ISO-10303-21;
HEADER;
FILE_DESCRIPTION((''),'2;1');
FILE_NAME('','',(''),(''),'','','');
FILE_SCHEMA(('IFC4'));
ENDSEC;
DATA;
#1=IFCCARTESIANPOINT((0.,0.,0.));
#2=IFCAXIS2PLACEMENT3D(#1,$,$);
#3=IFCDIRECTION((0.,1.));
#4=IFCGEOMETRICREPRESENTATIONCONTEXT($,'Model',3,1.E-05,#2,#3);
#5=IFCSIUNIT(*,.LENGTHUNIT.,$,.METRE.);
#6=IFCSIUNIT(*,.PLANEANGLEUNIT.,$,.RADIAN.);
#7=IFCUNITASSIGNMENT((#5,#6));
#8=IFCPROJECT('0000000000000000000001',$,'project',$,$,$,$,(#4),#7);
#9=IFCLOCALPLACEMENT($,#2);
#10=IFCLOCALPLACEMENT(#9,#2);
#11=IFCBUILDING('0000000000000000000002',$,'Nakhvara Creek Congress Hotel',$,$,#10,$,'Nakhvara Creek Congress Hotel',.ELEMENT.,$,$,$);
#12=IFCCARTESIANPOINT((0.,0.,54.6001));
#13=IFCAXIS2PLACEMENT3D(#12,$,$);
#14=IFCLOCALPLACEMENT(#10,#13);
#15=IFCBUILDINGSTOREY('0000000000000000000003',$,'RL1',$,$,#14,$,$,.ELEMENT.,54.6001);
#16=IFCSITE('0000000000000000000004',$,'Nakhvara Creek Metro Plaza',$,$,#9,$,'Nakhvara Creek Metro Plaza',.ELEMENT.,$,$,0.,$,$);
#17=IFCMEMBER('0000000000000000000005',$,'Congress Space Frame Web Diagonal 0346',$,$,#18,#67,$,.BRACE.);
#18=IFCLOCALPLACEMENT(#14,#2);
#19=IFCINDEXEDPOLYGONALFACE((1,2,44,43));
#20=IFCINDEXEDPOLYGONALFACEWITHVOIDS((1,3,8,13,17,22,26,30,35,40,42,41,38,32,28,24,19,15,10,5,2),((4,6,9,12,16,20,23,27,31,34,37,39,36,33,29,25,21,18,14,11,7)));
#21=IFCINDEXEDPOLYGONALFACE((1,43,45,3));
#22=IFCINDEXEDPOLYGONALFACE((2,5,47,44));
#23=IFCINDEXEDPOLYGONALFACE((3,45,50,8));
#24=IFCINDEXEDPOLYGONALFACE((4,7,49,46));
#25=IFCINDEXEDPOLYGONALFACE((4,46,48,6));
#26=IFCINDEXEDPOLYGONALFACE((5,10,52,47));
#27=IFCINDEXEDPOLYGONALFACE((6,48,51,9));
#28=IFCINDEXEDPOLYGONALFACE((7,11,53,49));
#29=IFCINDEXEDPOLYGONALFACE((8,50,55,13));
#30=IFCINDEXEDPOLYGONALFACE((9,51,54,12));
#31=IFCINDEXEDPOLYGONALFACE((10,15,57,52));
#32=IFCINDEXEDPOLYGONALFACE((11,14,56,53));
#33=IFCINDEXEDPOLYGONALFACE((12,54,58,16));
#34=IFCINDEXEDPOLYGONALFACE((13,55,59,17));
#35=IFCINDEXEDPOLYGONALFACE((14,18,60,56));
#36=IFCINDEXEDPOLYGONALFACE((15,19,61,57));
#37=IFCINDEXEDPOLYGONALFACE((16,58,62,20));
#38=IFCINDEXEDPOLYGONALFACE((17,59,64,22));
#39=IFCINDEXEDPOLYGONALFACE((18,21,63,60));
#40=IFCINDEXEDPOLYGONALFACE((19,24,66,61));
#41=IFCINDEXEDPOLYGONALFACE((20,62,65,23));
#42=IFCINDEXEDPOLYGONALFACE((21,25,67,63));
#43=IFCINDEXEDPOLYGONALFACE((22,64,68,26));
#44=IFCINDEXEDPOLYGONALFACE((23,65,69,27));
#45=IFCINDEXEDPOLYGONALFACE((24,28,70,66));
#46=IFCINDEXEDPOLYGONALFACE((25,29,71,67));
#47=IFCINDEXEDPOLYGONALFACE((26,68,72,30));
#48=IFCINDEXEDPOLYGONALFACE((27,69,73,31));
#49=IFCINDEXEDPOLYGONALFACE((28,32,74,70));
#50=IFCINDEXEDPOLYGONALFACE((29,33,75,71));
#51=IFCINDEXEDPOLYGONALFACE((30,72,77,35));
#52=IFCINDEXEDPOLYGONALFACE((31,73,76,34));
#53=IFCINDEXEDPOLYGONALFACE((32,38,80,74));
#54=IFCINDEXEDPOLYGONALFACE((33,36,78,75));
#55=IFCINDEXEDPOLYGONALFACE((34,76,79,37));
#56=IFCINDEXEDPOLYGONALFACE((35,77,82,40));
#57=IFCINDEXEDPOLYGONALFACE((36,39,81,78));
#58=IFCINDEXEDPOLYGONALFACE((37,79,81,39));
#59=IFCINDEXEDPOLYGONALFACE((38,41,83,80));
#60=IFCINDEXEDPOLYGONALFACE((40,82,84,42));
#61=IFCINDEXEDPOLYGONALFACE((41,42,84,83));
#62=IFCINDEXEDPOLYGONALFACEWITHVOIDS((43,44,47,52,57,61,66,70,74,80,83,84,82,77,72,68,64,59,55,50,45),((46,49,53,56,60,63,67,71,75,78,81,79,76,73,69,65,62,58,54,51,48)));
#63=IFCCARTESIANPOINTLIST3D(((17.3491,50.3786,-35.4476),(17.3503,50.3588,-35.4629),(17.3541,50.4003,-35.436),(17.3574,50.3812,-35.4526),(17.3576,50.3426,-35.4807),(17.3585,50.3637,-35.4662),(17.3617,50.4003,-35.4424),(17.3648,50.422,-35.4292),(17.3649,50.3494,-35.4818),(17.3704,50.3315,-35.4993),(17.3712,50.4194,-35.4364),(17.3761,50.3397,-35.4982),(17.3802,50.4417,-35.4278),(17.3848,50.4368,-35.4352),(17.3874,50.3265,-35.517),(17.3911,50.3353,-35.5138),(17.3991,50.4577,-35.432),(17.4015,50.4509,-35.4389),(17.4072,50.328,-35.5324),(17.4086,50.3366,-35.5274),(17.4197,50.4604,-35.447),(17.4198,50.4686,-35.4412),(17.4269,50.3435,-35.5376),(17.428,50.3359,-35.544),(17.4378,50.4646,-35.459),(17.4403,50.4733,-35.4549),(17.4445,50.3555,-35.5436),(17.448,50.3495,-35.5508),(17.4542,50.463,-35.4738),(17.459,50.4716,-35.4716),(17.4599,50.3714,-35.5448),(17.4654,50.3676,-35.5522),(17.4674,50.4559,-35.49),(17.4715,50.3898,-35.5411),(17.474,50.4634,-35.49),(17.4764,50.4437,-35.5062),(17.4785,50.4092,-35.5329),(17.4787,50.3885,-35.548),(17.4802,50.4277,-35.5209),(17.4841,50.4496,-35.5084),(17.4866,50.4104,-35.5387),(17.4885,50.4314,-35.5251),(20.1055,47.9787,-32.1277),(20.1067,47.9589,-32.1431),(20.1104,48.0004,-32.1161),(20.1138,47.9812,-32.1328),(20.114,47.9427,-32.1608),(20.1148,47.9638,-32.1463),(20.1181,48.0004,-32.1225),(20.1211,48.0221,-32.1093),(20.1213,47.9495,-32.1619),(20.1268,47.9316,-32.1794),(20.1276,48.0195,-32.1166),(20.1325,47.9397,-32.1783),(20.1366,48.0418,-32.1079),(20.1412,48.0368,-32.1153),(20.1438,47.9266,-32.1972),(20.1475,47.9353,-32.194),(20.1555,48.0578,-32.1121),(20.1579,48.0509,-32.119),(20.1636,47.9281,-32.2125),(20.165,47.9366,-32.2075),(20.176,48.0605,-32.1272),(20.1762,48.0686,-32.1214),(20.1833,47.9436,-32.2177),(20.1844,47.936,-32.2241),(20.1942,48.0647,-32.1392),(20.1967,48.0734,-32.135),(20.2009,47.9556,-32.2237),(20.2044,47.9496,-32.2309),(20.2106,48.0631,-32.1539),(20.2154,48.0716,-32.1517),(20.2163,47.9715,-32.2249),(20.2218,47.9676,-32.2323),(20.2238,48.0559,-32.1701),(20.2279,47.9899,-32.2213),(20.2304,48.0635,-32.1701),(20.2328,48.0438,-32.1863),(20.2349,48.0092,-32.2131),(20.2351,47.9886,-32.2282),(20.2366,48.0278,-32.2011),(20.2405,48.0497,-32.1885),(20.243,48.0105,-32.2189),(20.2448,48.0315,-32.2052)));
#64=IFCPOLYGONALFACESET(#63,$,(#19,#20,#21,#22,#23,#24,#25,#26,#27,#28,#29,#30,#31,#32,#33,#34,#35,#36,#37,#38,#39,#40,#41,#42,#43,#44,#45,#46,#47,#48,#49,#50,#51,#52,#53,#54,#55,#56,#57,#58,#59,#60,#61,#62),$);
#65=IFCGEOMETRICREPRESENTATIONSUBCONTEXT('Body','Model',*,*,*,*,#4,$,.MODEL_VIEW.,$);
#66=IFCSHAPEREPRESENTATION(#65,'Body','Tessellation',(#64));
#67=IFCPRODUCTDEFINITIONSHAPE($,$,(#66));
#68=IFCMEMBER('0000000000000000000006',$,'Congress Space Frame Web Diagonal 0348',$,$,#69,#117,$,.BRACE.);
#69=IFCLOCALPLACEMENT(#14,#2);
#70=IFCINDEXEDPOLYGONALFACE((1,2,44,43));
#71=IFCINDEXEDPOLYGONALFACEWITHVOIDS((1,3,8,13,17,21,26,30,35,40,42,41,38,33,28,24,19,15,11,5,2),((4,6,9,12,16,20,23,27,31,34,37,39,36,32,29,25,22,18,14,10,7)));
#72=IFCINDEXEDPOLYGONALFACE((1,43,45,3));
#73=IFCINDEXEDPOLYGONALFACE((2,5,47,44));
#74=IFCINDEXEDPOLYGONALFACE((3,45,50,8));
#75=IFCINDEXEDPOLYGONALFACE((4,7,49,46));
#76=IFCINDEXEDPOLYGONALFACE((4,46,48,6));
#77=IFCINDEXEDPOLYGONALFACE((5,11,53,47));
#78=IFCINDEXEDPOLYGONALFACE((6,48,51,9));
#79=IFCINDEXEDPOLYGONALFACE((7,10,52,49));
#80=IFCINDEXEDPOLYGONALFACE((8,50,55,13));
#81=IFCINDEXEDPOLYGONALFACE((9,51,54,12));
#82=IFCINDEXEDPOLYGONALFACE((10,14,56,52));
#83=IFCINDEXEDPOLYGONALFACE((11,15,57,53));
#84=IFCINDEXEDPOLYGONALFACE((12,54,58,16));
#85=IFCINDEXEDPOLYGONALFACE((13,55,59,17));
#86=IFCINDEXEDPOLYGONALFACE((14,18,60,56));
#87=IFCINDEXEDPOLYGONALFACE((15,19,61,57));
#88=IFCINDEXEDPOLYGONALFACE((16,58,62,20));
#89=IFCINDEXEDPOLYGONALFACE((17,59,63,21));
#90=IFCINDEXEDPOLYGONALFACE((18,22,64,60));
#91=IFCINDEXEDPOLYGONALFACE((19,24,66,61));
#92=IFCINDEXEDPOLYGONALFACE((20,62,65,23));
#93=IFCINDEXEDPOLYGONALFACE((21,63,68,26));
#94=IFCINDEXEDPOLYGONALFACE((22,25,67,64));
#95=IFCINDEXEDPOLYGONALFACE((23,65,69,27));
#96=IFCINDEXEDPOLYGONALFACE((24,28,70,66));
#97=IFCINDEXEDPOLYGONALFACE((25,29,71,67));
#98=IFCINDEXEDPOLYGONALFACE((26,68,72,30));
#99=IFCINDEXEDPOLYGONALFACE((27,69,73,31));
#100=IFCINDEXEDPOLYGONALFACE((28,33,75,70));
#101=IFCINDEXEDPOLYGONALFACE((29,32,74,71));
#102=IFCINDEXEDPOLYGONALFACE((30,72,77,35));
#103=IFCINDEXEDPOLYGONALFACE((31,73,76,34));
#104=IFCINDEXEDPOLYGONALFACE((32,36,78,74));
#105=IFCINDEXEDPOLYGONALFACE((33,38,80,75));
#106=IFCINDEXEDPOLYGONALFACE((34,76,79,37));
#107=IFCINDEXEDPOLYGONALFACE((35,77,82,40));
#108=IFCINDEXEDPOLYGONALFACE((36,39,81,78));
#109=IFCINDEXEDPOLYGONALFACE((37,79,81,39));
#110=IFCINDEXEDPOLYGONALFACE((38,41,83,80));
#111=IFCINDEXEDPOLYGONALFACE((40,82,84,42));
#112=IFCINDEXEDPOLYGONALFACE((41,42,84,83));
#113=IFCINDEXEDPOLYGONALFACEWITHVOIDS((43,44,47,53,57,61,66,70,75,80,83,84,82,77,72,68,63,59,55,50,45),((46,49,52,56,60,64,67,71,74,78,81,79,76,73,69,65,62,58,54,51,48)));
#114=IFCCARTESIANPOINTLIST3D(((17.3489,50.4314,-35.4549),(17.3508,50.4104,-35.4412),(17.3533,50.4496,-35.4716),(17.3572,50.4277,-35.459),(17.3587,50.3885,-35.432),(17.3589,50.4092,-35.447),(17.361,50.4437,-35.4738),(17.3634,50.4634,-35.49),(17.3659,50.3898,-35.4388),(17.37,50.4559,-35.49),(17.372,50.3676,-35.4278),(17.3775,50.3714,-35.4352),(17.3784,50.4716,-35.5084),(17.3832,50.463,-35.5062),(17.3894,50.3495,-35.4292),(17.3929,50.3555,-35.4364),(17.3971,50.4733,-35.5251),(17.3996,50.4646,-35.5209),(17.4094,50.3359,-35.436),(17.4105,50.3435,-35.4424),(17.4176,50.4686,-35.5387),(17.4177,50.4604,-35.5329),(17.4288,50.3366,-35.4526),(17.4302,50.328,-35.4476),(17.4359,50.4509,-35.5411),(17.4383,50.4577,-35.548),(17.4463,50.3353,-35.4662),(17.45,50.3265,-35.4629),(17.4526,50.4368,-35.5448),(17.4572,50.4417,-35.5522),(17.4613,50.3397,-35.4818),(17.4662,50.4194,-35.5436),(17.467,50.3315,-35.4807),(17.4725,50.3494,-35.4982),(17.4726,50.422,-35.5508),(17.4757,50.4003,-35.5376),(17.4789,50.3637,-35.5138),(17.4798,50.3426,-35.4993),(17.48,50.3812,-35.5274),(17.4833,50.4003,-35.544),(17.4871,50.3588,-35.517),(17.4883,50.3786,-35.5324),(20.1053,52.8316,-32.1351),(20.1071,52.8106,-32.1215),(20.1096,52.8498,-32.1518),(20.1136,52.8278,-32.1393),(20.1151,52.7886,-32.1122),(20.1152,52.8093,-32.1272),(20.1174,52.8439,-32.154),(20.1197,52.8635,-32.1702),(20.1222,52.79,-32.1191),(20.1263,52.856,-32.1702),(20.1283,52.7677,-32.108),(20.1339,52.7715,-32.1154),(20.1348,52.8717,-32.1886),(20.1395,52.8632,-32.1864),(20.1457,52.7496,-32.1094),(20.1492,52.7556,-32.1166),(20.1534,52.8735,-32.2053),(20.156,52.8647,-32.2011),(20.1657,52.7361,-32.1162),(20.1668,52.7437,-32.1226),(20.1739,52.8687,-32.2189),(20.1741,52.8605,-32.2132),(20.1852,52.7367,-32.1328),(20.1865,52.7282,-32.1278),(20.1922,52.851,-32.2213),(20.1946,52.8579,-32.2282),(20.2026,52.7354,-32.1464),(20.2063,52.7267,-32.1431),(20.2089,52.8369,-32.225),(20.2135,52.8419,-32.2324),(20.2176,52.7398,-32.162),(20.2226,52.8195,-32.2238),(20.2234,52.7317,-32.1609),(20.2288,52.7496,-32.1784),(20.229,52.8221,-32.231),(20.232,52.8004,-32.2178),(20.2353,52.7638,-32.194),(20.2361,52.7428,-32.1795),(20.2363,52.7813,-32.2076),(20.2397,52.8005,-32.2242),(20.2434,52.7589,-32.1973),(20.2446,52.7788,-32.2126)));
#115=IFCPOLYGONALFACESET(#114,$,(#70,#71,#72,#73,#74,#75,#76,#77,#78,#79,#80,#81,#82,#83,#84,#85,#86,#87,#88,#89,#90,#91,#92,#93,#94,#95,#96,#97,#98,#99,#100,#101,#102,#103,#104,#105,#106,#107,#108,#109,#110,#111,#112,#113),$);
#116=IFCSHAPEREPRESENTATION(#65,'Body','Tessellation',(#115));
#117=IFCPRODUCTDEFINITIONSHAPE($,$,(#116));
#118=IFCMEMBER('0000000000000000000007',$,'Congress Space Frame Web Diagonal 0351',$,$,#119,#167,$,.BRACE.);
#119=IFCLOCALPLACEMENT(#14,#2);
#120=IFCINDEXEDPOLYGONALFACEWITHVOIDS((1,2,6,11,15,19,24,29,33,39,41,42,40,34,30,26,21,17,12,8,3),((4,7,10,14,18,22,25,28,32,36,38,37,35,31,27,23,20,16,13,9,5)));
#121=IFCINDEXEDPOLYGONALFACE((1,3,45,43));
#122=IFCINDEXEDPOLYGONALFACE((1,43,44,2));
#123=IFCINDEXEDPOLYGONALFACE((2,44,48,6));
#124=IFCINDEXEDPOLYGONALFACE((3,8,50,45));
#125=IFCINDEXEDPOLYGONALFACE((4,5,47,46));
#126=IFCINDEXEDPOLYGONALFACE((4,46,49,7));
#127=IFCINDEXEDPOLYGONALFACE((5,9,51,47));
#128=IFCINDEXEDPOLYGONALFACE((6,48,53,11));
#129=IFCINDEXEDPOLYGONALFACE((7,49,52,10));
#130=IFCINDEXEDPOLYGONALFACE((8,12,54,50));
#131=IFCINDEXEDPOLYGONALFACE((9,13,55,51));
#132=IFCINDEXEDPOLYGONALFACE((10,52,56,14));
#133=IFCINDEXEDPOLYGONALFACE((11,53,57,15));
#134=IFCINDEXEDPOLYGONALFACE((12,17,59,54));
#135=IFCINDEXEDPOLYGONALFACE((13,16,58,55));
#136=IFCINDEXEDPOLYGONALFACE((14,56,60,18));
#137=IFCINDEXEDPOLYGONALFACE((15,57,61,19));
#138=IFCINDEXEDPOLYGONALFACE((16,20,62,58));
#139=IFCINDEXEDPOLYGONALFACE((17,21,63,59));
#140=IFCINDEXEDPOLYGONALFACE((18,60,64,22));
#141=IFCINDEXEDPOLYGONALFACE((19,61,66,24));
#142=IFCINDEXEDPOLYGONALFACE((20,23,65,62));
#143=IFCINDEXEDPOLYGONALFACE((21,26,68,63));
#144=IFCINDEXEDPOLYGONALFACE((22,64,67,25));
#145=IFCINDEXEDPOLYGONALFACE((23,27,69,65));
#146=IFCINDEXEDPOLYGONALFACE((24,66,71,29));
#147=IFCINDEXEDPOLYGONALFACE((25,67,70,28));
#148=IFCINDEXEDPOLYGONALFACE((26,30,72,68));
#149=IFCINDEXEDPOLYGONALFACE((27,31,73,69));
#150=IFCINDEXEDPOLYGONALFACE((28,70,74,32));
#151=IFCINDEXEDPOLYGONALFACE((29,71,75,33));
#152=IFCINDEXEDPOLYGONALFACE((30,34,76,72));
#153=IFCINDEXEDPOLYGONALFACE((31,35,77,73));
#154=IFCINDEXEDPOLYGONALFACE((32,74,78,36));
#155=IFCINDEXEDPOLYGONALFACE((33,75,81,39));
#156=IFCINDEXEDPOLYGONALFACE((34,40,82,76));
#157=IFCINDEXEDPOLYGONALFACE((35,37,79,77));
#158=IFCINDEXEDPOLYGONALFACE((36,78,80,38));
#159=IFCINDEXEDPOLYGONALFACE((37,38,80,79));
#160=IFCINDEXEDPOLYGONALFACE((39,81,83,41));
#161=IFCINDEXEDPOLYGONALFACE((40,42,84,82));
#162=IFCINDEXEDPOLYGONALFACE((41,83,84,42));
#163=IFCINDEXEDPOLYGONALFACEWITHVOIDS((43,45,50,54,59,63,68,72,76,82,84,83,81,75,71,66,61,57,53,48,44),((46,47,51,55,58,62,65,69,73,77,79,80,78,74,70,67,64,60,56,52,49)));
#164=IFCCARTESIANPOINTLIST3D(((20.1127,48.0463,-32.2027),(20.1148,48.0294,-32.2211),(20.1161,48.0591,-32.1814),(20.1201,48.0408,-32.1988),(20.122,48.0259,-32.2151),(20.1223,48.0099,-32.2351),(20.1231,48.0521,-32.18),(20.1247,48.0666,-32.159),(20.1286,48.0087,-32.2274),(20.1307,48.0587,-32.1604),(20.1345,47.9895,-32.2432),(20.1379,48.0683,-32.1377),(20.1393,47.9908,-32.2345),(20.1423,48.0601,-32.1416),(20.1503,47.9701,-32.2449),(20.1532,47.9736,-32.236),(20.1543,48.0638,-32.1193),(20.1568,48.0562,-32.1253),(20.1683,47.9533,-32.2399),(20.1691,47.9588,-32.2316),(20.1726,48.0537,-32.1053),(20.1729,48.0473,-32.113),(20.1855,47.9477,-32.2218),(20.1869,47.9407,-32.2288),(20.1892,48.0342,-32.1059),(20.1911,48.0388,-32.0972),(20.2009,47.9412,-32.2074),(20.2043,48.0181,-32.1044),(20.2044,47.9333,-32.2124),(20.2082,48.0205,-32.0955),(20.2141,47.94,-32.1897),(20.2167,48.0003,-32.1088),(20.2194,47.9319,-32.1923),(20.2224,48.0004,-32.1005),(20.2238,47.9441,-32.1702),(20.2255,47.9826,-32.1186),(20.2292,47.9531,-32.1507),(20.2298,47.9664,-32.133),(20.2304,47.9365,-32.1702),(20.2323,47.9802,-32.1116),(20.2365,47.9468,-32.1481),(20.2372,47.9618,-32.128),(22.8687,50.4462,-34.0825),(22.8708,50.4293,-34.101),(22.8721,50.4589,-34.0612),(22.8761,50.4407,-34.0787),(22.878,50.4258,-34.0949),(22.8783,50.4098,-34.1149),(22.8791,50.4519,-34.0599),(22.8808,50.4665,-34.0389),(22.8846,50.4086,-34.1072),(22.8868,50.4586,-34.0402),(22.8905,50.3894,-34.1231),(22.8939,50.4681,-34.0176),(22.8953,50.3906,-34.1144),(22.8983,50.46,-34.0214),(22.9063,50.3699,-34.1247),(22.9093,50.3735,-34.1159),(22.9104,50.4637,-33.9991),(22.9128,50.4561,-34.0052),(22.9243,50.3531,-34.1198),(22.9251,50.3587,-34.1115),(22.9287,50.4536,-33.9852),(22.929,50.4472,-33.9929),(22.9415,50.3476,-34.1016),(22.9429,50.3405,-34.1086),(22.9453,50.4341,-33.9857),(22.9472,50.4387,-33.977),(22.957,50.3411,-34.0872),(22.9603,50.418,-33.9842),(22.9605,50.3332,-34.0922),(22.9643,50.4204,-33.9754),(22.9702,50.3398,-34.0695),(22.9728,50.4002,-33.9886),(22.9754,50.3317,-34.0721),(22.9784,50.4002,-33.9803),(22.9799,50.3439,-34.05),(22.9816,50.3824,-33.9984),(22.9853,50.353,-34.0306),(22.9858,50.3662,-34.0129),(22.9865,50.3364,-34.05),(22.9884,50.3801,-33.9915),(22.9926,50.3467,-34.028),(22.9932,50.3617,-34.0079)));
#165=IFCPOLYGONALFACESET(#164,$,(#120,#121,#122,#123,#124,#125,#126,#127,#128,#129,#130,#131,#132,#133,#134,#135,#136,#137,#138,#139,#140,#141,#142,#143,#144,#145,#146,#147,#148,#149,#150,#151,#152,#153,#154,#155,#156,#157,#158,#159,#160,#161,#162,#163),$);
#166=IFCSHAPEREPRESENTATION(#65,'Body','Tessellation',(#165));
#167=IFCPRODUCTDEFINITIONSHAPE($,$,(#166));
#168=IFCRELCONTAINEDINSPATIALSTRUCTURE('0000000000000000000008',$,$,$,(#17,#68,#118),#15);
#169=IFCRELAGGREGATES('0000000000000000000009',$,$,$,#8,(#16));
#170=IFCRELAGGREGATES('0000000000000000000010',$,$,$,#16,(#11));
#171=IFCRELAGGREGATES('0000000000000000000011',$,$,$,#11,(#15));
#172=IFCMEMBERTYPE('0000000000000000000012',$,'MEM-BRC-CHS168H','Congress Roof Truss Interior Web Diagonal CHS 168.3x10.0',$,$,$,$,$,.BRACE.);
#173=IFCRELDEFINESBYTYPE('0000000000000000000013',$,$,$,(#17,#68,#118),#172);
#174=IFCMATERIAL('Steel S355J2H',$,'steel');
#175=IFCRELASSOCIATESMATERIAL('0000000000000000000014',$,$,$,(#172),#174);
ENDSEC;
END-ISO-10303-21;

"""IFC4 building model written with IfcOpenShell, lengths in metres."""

from ifc_helpers import new_model, si_unit, direction, frame, origin, origin_2d, place, context, subcontext, project, spatial, hollow_circle, extrude, material, material_profile, profile_set, type_object, element, save


model = new_model("IFC4")

# Units and contexts
model_context = context("Model", 3, precision=1e-05, world=origin(), true_north=direction((0.0, 1.0)))
body_context = subcontext(model_context, "Body", "Model", "MODEL_VIEW")
ifc_project = project(units=[si_unit("LENGTHUNIT", "METRE"), si_unit("PLANEANGLEUNIT", "RADIAN")], contexts=[model_context])

# Site, building, storey
site_placement = place(None, origin())
site = spatial("IfcSite", under=ifc_project, at=site_placement, Name="Nakhvara Creek Metro Plaza", LongName="Nakhvara Creek Metro Plaza", CompositionType="ELEMENT", RefElevation=0.0)
building_placement = place(site_placement, origin())
building = spatial("IfcBuilding", under=site, at=building_placement, Name="Nakhvara Creek Congress Hotel", LongName="Nakhvara Creek Congress Hotel", CompositionType="ELEMENT")
storey_placement = place(building_placement, frame((0.0, 0.0, 54.6001)))
storey = spatial("IfcBuildingStorey", under=building, at=storey_placement, Name="RL1", CompositionType="ELEMENT", Elevation=54.6001)

# Members
ifc_material_1 = material(Name="Steel S355J2H", Category="steel")
ifc_material_profile_1 = material_profile(ifc_material_1, hollow_circle(Radius=0.0842, WallThickness=0.01, at=origin_2d()), Name="CHS 168.3x10.0", Category="LoadBearing")
ifc_profile_set_1 = profile_set([ifc_material_profile_1], Name="Steel S355J2H")
member_type_1 = type_object("IfcMemberType", Name="MEM-BRC-CHS168H", Description="Congress Roof Truss Interior Web Diagonal CHS 168.3x10.0", PredefinedType="BRACE", material=ifc_profile_set_1)
for number, where, z_axis, x_axis, name in (
    (1, (17.4187, 50.3999, -35.49), (0.558256, -0.486063, 0.672379), (0.656658, 0.754188, 0.0), "Congress Space Frame Web Diagonal 0346"),
    (2, (17.4187, 50.3999, -35.49), (0.558242, 0.486101, 0.672363), (-0.656696, 0.754155, 0.0), "Congress Space Frame Web Diagonal 0348"),
):
    element("IfcMember", number, at=place(storey_placement, frame(where, z_axis=z_axis, x_axis=x_axis)), inside=storey, type_object=member_type_1, Name=name, PredefinedType="BRACE", context=body_context, shape_type="SweptSolid", body=[
        extrude(hollow_circle(Radius=0.0842, WallThickness=0.01, at=origin_2d()), origin(), (0.0, 0.0, 1.0), 4.9375),
    ])
member_1_placement = place(storey_placement, frame((22.9312, 50.3999, -34.05), z_axis=(-0.670634, -0.583961, 0.457426), x_axis=(0.656691, -0.75416, 0.0)))
element("IfcMember", 3, at=member_1_placement, inside=storey, type_object=member_type_1, Name="Congress Space Frame Web Diagonal 0351", PredefinedType="BRACE", context=body_context, shape_type="SweptSolid", body=[
    extrude(hollow_circle(Radius=0.0842, WallThickness=0.01, at=origin_2d()), origin(), (0.0, 0.0, 1.0), 4.1096),
])

save(model, "model.ifc")
